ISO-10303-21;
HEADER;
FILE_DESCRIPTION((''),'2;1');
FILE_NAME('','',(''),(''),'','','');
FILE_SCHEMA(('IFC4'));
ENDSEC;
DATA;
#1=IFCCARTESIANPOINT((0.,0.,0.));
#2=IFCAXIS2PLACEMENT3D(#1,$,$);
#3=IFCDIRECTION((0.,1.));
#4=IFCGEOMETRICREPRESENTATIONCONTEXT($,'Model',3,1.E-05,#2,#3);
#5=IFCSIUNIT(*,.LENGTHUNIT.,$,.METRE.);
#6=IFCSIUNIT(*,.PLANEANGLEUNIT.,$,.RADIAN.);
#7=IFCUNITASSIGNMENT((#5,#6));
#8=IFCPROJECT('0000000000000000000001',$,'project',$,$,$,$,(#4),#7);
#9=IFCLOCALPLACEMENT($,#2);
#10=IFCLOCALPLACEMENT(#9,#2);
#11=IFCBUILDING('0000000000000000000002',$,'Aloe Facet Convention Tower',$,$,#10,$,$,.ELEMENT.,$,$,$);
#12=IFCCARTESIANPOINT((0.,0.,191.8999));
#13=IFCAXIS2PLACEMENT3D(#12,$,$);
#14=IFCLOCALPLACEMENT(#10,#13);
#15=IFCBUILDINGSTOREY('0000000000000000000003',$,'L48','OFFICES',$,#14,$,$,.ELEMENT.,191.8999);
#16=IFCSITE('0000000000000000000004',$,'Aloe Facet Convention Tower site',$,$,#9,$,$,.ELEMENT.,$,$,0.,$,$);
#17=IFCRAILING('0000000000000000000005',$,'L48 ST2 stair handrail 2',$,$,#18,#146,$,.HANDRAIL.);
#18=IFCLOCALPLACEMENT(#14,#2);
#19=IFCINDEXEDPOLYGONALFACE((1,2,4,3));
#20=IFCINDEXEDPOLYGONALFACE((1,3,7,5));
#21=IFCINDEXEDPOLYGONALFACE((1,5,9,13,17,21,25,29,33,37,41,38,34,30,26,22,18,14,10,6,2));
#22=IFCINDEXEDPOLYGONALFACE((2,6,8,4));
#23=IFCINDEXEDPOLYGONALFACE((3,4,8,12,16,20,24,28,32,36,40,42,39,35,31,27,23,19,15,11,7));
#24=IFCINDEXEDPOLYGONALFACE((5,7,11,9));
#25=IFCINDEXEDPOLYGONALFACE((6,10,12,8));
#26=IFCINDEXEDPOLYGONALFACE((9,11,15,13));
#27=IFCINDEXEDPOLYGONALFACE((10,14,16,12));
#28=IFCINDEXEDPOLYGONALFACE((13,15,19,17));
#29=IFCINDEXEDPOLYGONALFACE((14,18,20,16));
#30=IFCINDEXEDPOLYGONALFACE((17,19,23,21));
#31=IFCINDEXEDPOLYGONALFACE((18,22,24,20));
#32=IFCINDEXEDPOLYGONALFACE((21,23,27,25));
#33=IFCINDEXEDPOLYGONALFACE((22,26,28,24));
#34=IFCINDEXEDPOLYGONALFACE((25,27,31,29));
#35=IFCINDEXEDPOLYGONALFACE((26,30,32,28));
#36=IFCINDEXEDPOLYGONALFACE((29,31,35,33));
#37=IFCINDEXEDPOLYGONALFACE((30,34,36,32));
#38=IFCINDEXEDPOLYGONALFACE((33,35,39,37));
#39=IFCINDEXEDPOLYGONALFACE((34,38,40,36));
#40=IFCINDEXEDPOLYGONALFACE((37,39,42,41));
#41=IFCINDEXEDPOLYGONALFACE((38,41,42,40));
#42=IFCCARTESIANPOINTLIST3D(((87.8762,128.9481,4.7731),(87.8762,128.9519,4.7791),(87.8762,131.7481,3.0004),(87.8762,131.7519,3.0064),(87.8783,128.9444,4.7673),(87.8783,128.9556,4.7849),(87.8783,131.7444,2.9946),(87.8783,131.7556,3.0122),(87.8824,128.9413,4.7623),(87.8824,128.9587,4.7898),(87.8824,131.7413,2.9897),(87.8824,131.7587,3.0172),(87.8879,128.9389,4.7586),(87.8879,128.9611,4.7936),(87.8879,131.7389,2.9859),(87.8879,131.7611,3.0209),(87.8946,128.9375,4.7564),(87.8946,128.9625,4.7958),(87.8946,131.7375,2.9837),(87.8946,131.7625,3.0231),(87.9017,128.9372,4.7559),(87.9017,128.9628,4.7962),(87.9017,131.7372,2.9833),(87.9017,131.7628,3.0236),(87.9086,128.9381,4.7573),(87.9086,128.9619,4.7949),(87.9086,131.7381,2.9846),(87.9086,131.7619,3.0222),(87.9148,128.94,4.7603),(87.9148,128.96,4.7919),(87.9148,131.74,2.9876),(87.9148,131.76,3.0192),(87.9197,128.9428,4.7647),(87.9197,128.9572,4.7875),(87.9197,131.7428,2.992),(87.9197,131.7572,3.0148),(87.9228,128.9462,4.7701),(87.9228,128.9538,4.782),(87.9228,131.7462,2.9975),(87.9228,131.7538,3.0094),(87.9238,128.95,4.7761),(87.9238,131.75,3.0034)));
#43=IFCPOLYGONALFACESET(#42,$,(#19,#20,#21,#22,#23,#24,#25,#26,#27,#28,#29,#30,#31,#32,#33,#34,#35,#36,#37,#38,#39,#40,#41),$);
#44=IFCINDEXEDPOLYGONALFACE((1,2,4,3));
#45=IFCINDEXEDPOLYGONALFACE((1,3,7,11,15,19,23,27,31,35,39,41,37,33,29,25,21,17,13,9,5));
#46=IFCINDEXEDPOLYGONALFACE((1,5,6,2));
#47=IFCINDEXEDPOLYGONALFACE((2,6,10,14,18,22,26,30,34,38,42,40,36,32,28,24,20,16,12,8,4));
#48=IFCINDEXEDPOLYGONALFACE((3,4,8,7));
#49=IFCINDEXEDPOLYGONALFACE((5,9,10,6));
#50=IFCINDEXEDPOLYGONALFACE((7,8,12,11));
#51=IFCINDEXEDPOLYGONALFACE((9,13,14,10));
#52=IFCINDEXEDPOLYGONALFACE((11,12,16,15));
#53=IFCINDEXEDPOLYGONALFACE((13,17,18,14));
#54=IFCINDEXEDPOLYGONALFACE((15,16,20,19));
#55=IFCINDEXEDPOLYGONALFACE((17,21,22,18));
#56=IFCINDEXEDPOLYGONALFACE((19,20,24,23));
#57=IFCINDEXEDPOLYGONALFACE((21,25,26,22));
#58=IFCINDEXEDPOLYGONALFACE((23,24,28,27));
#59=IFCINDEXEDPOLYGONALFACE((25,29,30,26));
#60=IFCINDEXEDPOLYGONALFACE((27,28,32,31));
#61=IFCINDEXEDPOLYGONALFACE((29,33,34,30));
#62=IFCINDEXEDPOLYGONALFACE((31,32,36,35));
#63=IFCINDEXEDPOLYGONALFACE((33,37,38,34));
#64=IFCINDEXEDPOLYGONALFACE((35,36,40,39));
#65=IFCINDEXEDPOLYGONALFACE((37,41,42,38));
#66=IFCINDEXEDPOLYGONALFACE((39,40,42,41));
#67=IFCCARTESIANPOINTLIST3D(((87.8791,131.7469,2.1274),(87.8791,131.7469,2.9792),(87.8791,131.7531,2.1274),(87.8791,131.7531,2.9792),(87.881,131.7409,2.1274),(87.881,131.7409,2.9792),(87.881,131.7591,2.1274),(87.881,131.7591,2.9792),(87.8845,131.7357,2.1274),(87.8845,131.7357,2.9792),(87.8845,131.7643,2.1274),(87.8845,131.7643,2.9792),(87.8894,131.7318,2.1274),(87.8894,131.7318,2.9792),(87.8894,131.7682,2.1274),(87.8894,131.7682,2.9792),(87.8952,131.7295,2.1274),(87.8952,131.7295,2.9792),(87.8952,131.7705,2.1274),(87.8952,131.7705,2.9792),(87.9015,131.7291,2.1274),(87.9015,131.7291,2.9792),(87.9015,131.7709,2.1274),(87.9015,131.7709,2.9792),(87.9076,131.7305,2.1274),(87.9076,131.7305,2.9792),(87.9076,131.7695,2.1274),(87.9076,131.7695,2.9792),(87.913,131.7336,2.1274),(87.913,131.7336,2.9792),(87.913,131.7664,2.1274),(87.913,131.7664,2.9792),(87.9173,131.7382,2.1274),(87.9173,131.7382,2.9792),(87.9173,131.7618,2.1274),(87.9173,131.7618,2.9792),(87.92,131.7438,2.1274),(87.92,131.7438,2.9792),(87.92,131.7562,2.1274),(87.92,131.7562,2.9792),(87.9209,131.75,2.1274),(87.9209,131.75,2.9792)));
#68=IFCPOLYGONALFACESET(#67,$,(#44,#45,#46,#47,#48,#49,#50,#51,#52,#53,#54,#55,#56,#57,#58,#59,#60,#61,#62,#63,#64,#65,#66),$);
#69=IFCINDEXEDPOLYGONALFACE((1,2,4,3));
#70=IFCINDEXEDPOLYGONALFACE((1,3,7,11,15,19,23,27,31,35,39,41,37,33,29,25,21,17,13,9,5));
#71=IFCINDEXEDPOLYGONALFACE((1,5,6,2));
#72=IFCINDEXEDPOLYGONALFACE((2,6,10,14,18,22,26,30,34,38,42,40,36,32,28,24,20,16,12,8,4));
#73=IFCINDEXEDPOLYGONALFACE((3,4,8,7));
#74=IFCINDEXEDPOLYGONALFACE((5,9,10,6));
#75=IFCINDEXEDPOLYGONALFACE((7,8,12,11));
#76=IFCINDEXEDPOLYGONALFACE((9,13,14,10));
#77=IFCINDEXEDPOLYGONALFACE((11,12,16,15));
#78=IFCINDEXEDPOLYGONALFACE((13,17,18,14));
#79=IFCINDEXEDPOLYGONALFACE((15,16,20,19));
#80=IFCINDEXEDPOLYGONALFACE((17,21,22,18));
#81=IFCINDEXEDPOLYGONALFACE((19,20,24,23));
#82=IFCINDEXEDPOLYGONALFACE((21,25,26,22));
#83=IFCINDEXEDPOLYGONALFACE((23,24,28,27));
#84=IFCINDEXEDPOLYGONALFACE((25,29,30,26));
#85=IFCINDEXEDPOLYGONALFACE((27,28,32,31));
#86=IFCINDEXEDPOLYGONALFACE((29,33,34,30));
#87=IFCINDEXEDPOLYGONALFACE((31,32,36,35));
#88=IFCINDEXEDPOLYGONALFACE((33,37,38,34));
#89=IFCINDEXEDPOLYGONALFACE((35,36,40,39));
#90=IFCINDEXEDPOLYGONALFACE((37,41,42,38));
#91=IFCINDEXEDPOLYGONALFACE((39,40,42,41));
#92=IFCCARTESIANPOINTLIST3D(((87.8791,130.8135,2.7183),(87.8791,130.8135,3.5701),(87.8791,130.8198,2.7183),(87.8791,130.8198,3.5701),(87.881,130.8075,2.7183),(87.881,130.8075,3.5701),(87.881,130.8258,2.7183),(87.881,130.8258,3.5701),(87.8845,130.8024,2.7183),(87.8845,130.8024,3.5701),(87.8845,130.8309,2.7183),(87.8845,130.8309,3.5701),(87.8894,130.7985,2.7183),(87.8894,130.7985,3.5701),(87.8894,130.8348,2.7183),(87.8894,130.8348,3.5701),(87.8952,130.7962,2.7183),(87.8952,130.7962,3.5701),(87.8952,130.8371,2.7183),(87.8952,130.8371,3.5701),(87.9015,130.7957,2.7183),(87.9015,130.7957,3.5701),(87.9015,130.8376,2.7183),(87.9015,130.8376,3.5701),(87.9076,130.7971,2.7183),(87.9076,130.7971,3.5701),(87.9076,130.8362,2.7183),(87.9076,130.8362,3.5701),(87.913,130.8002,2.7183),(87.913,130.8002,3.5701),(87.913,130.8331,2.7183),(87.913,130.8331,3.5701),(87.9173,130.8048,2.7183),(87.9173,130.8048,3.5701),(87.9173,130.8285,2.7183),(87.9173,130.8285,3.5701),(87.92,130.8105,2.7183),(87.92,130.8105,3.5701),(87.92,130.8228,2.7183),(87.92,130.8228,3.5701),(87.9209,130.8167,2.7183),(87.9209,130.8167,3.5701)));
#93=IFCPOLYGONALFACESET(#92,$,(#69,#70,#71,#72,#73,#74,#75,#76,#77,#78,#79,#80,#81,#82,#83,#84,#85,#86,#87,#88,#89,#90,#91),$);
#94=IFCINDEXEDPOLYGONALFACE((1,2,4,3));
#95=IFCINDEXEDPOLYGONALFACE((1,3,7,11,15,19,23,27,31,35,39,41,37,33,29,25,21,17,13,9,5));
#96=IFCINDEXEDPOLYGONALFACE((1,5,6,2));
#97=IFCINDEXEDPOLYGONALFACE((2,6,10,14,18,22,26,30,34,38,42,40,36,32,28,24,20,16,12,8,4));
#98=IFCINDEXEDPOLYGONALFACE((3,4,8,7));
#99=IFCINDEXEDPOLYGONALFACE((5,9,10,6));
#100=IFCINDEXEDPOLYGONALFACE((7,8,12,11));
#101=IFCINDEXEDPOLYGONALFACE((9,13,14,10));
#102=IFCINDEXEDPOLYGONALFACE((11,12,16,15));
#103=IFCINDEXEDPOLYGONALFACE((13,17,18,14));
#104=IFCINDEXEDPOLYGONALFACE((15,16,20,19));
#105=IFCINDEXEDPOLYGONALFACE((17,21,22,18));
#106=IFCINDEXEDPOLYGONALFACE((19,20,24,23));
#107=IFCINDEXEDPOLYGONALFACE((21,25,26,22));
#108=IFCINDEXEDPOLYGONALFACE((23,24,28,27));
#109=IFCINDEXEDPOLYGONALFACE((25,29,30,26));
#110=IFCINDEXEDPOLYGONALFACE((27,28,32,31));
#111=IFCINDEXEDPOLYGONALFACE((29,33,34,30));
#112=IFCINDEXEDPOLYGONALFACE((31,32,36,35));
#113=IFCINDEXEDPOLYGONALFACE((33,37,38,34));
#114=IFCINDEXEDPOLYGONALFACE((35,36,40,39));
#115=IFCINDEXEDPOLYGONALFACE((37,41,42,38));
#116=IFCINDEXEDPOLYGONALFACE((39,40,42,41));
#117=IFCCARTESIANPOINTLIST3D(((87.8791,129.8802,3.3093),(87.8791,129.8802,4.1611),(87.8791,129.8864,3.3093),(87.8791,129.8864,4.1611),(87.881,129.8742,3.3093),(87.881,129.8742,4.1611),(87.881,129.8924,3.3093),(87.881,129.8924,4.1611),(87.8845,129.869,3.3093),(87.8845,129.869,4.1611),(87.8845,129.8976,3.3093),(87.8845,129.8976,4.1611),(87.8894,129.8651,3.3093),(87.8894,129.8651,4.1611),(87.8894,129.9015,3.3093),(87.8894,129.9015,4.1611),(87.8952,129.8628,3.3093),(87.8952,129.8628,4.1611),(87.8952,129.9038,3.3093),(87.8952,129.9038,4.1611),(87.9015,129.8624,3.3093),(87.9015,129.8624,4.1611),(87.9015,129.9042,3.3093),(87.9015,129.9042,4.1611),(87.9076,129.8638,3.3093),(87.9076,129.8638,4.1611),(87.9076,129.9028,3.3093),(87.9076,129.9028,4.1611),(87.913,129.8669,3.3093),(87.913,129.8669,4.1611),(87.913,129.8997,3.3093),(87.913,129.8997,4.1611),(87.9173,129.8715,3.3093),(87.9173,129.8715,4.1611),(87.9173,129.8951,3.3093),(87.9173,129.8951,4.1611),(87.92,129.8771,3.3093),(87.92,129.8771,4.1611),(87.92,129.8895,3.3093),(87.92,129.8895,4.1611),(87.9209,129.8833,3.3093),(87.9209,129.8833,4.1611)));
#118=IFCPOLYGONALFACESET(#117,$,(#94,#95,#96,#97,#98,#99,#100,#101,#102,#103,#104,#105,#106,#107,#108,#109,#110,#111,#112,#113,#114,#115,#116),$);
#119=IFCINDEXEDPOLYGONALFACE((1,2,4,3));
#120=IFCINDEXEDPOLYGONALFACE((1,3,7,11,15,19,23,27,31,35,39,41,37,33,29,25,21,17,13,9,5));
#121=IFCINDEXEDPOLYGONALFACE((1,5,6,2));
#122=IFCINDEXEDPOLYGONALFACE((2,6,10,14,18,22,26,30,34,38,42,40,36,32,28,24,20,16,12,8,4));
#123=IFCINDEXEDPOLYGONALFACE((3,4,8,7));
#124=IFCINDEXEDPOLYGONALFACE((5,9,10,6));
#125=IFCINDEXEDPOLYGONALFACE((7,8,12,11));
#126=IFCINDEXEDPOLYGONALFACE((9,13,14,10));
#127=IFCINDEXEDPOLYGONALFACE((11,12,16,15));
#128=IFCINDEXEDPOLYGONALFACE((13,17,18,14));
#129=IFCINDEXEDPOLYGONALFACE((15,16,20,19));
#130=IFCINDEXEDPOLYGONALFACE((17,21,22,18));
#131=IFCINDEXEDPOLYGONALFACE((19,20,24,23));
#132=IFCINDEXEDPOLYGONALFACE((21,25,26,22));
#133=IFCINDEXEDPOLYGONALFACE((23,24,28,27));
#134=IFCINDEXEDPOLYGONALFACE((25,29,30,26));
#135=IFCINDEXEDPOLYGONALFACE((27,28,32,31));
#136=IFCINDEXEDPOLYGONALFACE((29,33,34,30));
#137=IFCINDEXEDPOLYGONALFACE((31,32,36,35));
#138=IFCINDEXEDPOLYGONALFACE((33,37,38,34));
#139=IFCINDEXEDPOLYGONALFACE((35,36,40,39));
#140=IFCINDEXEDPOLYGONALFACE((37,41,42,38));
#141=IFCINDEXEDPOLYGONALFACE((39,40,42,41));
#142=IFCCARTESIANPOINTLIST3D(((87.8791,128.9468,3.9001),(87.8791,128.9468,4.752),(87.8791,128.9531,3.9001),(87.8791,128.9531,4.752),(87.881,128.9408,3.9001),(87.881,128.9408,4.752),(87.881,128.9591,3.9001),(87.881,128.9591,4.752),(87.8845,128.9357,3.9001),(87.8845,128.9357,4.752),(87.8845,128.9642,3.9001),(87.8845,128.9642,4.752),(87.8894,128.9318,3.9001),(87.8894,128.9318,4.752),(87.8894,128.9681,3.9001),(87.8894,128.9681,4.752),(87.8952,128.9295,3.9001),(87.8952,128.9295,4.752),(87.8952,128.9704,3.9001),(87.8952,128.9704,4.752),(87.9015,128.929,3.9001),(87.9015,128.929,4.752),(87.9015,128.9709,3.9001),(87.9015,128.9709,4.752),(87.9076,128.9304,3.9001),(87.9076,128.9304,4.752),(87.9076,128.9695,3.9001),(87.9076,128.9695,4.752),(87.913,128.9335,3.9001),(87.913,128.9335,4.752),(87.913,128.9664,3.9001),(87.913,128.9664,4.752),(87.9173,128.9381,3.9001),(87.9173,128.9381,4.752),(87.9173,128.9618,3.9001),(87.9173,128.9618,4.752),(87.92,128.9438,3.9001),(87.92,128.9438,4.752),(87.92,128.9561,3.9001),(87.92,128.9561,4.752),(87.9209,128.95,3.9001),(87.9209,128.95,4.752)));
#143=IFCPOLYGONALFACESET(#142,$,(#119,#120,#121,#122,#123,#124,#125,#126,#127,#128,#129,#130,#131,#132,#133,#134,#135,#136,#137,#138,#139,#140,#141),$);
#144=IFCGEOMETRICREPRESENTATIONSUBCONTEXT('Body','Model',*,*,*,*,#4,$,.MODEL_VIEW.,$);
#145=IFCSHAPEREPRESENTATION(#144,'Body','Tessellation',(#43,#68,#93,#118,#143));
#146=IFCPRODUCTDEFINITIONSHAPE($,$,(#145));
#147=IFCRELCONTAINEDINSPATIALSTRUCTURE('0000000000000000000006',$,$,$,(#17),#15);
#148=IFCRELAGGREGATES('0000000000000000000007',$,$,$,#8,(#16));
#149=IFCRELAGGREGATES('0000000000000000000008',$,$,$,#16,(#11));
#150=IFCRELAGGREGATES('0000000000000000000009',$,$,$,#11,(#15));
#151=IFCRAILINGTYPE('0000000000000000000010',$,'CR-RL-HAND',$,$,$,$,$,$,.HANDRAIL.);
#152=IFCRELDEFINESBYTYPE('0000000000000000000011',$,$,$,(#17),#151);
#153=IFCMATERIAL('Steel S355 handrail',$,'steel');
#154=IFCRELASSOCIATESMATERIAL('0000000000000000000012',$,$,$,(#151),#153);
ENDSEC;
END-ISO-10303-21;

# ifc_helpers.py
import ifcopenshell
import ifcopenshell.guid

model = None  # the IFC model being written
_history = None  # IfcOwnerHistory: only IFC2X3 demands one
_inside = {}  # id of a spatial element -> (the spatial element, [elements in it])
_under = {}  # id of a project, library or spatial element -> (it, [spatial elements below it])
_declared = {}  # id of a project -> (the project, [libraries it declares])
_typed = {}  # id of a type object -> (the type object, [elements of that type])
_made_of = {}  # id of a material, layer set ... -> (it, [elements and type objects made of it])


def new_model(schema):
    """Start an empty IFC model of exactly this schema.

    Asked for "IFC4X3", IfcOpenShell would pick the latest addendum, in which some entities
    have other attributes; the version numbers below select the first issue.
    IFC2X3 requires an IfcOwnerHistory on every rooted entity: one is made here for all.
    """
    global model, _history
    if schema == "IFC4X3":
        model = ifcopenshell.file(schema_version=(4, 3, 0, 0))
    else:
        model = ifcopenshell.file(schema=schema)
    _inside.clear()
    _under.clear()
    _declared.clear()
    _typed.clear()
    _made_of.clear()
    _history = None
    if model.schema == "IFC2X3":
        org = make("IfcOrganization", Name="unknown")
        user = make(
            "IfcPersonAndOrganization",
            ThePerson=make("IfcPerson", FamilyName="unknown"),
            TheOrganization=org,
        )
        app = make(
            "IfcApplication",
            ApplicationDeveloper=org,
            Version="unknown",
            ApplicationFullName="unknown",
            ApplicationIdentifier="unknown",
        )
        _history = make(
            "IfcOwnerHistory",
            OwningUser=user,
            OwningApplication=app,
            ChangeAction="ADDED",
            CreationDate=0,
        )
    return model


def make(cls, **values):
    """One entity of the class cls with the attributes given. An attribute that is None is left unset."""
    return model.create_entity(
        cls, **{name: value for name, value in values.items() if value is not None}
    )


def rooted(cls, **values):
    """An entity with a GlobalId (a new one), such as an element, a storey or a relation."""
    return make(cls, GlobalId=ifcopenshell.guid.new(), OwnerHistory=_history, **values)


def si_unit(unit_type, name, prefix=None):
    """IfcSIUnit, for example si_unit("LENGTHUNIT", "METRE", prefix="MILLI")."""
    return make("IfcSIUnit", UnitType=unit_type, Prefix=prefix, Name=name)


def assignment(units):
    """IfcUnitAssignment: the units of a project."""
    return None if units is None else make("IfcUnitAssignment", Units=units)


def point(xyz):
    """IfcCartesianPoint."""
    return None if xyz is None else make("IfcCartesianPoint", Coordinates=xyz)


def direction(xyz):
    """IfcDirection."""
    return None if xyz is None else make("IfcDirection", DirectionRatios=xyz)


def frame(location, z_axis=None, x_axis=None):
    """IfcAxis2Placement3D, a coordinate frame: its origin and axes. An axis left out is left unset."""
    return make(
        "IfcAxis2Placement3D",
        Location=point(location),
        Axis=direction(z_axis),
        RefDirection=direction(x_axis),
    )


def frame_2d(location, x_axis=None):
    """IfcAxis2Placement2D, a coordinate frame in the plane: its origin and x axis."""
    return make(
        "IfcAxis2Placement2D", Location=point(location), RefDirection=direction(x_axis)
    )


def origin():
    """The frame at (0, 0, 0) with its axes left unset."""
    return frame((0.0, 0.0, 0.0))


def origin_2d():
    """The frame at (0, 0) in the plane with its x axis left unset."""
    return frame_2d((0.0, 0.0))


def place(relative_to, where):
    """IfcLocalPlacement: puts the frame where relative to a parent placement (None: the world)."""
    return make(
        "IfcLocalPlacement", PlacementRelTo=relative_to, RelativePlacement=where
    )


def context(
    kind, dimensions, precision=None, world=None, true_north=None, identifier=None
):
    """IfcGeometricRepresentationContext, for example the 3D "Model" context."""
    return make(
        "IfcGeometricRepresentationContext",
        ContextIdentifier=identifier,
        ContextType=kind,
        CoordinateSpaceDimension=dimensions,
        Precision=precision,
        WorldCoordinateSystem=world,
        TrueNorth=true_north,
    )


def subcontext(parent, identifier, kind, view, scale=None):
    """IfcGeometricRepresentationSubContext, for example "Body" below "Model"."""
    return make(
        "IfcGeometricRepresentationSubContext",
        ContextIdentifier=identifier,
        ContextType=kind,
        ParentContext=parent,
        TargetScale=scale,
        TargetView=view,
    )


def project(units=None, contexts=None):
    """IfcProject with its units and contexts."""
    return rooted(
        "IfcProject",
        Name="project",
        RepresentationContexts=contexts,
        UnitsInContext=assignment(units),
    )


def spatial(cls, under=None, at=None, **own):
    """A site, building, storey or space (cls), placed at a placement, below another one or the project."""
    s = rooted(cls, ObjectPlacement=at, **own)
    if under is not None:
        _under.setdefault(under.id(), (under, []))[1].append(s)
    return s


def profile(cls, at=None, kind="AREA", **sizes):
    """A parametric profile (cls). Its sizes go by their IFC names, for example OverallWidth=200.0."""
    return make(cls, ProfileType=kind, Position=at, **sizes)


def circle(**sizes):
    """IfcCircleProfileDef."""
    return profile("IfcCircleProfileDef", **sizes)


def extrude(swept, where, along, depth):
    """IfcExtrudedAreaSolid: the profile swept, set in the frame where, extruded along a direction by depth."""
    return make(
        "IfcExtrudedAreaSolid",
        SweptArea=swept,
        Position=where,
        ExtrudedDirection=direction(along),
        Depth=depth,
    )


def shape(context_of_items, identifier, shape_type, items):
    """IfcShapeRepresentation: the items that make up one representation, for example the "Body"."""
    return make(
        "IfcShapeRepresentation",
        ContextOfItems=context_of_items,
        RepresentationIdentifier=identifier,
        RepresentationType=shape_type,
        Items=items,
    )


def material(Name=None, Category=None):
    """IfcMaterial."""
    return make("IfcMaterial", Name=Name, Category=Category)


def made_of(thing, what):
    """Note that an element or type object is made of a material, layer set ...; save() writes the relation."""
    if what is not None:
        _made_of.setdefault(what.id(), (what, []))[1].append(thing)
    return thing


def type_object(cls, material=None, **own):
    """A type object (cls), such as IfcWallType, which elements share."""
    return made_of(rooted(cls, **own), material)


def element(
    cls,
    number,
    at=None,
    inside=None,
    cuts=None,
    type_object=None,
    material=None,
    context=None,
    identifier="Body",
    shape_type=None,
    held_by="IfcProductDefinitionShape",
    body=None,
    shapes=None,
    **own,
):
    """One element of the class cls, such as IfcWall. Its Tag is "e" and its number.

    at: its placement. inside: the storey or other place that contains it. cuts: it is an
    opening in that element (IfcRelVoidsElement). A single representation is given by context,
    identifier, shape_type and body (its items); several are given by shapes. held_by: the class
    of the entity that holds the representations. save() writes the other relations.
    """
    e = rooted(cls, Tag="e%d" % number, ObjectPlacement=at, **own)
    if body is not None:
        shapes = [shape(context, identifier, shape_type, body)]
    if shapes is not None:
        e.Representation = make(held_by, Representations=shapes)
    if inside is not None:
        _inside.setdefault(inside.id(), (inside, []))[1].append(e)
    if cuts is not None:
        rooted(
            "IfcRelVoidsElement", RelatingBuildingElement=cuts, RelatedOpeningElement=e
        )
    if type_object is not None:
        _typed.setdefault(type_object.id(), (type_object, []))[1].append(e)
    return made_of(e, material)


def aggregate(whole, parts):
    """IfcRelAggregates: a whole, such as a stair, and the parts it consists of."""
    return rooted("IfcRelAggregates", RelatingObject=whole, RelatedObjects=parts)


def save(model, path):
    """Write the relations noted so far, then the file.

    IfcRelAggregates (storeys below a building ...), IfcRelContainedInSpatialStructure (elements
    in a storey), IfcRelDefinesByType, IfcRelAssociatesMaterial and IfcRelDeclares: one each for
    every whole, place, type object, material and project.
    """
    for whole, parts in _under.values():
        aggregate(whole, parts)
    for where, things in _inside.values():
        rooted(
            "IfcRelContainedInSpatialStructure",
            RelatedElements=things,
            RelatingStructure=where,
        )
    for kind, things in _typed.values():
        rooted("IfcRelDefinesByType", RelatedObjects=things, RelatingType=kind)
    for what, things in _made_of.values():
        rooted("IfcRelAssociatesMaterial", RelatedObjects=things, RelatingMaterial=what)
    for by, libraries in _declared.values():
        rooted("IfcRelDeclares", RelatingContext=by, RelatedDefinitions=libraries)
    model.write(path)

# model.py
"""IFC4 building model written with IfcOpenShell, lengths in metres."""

from ifc_helpers import new_model, si_unit, direction, frame, origin, origin_2d, place, context, subcontext, project, spatial, circle, extrude, material, type_object, element, save


model = new_model("IFC4")

# Units and contexts
model_context = context("Model", 3, precision=1e-05, world=origin(), true_north=direction((0.0, 1.0)))
body_context = subcontext(model_context, "Body", "Model", "MODEL_VIEW")
ifc_project = project(units=[si_unit("LENGTHUNIT", "METRE"), si_unit("PLANEANGLEUNIT", "RADIAN")], contexts=[model_context])

# Site, building, storey
site_placement = place(None, origin())
site = spatial("IfcSite", under=ifc_project, at=site_placement, Name="Aloe Facet Convention Tower site", CompositionType="ELEMENT", RefElevation=0.0)
building_placement = place(site_placement, origin())
building = spatial("IfcBuilding", under=site, at=building_placement, Name="Aloe Facet Convention Tower", CompositionType="ELEMENT")
storey_placement = place(building_placement, frame((0.0, 0.0, 191.8999)))
storey = spatial("IfcBuildingStorey", under=building, at=storey_placement, Name="L48", Description="OFFICES", CompositionType="ELEMENT", Elevation=191.8999)

# Railing
ifc_material_1 = material(Name="Steel S355 handrail", Category="steel")
railing_type_1 = type_object("IfcRailingType", Name="CR-RL-HAND", PredefinedType="HANDRAIL", material=ifc_material_1)
railing_1_placement = place(storey_placement, frame((87.8999, 131.75, 2.1274)))
element("IfcRailing", 1, at=railing_1_placement, inside=storey, type_object=railing_type_1, Name="L48 ST2 stair handrail 2", PredefinedType="HANDRAIL", context=body_context, shape_type="SweptSolid", body=[
    extrude(circle(Radius=0.0239, at=origin_2d()), frame((0.0, 0.0, 0.876), z_axis=(0.0, -0.844909, 0.53491), x_axis=(1.0, 0.0, 0.0)), (0.0, 0.0, 1.0), 3.314),
    extrude(circle(Radius=0.021, at=origin_2d()), origin(), (0.0, 0.0, 1.0), 0.8518),
    extrude(circle(Radius=0.021, at=origin_2d()), frame((0.0, -0.9333, 0.5908)), (0.0, 0.0, 1.0), 0.8518),
    extrude(circle(Radius=0.021, at=origin_2d()), frame((0.0, -1.8667, 1.1819)), (0.0, 0.0, 1.0), 0.8518),
    extrude(circle(Radius=0.021, at=origin_2d()), frame((0.0, -2.8, 1.7727)), (0.0, 0.0, 1.0), 0.8518),
])

save(model, "model.ifc")
